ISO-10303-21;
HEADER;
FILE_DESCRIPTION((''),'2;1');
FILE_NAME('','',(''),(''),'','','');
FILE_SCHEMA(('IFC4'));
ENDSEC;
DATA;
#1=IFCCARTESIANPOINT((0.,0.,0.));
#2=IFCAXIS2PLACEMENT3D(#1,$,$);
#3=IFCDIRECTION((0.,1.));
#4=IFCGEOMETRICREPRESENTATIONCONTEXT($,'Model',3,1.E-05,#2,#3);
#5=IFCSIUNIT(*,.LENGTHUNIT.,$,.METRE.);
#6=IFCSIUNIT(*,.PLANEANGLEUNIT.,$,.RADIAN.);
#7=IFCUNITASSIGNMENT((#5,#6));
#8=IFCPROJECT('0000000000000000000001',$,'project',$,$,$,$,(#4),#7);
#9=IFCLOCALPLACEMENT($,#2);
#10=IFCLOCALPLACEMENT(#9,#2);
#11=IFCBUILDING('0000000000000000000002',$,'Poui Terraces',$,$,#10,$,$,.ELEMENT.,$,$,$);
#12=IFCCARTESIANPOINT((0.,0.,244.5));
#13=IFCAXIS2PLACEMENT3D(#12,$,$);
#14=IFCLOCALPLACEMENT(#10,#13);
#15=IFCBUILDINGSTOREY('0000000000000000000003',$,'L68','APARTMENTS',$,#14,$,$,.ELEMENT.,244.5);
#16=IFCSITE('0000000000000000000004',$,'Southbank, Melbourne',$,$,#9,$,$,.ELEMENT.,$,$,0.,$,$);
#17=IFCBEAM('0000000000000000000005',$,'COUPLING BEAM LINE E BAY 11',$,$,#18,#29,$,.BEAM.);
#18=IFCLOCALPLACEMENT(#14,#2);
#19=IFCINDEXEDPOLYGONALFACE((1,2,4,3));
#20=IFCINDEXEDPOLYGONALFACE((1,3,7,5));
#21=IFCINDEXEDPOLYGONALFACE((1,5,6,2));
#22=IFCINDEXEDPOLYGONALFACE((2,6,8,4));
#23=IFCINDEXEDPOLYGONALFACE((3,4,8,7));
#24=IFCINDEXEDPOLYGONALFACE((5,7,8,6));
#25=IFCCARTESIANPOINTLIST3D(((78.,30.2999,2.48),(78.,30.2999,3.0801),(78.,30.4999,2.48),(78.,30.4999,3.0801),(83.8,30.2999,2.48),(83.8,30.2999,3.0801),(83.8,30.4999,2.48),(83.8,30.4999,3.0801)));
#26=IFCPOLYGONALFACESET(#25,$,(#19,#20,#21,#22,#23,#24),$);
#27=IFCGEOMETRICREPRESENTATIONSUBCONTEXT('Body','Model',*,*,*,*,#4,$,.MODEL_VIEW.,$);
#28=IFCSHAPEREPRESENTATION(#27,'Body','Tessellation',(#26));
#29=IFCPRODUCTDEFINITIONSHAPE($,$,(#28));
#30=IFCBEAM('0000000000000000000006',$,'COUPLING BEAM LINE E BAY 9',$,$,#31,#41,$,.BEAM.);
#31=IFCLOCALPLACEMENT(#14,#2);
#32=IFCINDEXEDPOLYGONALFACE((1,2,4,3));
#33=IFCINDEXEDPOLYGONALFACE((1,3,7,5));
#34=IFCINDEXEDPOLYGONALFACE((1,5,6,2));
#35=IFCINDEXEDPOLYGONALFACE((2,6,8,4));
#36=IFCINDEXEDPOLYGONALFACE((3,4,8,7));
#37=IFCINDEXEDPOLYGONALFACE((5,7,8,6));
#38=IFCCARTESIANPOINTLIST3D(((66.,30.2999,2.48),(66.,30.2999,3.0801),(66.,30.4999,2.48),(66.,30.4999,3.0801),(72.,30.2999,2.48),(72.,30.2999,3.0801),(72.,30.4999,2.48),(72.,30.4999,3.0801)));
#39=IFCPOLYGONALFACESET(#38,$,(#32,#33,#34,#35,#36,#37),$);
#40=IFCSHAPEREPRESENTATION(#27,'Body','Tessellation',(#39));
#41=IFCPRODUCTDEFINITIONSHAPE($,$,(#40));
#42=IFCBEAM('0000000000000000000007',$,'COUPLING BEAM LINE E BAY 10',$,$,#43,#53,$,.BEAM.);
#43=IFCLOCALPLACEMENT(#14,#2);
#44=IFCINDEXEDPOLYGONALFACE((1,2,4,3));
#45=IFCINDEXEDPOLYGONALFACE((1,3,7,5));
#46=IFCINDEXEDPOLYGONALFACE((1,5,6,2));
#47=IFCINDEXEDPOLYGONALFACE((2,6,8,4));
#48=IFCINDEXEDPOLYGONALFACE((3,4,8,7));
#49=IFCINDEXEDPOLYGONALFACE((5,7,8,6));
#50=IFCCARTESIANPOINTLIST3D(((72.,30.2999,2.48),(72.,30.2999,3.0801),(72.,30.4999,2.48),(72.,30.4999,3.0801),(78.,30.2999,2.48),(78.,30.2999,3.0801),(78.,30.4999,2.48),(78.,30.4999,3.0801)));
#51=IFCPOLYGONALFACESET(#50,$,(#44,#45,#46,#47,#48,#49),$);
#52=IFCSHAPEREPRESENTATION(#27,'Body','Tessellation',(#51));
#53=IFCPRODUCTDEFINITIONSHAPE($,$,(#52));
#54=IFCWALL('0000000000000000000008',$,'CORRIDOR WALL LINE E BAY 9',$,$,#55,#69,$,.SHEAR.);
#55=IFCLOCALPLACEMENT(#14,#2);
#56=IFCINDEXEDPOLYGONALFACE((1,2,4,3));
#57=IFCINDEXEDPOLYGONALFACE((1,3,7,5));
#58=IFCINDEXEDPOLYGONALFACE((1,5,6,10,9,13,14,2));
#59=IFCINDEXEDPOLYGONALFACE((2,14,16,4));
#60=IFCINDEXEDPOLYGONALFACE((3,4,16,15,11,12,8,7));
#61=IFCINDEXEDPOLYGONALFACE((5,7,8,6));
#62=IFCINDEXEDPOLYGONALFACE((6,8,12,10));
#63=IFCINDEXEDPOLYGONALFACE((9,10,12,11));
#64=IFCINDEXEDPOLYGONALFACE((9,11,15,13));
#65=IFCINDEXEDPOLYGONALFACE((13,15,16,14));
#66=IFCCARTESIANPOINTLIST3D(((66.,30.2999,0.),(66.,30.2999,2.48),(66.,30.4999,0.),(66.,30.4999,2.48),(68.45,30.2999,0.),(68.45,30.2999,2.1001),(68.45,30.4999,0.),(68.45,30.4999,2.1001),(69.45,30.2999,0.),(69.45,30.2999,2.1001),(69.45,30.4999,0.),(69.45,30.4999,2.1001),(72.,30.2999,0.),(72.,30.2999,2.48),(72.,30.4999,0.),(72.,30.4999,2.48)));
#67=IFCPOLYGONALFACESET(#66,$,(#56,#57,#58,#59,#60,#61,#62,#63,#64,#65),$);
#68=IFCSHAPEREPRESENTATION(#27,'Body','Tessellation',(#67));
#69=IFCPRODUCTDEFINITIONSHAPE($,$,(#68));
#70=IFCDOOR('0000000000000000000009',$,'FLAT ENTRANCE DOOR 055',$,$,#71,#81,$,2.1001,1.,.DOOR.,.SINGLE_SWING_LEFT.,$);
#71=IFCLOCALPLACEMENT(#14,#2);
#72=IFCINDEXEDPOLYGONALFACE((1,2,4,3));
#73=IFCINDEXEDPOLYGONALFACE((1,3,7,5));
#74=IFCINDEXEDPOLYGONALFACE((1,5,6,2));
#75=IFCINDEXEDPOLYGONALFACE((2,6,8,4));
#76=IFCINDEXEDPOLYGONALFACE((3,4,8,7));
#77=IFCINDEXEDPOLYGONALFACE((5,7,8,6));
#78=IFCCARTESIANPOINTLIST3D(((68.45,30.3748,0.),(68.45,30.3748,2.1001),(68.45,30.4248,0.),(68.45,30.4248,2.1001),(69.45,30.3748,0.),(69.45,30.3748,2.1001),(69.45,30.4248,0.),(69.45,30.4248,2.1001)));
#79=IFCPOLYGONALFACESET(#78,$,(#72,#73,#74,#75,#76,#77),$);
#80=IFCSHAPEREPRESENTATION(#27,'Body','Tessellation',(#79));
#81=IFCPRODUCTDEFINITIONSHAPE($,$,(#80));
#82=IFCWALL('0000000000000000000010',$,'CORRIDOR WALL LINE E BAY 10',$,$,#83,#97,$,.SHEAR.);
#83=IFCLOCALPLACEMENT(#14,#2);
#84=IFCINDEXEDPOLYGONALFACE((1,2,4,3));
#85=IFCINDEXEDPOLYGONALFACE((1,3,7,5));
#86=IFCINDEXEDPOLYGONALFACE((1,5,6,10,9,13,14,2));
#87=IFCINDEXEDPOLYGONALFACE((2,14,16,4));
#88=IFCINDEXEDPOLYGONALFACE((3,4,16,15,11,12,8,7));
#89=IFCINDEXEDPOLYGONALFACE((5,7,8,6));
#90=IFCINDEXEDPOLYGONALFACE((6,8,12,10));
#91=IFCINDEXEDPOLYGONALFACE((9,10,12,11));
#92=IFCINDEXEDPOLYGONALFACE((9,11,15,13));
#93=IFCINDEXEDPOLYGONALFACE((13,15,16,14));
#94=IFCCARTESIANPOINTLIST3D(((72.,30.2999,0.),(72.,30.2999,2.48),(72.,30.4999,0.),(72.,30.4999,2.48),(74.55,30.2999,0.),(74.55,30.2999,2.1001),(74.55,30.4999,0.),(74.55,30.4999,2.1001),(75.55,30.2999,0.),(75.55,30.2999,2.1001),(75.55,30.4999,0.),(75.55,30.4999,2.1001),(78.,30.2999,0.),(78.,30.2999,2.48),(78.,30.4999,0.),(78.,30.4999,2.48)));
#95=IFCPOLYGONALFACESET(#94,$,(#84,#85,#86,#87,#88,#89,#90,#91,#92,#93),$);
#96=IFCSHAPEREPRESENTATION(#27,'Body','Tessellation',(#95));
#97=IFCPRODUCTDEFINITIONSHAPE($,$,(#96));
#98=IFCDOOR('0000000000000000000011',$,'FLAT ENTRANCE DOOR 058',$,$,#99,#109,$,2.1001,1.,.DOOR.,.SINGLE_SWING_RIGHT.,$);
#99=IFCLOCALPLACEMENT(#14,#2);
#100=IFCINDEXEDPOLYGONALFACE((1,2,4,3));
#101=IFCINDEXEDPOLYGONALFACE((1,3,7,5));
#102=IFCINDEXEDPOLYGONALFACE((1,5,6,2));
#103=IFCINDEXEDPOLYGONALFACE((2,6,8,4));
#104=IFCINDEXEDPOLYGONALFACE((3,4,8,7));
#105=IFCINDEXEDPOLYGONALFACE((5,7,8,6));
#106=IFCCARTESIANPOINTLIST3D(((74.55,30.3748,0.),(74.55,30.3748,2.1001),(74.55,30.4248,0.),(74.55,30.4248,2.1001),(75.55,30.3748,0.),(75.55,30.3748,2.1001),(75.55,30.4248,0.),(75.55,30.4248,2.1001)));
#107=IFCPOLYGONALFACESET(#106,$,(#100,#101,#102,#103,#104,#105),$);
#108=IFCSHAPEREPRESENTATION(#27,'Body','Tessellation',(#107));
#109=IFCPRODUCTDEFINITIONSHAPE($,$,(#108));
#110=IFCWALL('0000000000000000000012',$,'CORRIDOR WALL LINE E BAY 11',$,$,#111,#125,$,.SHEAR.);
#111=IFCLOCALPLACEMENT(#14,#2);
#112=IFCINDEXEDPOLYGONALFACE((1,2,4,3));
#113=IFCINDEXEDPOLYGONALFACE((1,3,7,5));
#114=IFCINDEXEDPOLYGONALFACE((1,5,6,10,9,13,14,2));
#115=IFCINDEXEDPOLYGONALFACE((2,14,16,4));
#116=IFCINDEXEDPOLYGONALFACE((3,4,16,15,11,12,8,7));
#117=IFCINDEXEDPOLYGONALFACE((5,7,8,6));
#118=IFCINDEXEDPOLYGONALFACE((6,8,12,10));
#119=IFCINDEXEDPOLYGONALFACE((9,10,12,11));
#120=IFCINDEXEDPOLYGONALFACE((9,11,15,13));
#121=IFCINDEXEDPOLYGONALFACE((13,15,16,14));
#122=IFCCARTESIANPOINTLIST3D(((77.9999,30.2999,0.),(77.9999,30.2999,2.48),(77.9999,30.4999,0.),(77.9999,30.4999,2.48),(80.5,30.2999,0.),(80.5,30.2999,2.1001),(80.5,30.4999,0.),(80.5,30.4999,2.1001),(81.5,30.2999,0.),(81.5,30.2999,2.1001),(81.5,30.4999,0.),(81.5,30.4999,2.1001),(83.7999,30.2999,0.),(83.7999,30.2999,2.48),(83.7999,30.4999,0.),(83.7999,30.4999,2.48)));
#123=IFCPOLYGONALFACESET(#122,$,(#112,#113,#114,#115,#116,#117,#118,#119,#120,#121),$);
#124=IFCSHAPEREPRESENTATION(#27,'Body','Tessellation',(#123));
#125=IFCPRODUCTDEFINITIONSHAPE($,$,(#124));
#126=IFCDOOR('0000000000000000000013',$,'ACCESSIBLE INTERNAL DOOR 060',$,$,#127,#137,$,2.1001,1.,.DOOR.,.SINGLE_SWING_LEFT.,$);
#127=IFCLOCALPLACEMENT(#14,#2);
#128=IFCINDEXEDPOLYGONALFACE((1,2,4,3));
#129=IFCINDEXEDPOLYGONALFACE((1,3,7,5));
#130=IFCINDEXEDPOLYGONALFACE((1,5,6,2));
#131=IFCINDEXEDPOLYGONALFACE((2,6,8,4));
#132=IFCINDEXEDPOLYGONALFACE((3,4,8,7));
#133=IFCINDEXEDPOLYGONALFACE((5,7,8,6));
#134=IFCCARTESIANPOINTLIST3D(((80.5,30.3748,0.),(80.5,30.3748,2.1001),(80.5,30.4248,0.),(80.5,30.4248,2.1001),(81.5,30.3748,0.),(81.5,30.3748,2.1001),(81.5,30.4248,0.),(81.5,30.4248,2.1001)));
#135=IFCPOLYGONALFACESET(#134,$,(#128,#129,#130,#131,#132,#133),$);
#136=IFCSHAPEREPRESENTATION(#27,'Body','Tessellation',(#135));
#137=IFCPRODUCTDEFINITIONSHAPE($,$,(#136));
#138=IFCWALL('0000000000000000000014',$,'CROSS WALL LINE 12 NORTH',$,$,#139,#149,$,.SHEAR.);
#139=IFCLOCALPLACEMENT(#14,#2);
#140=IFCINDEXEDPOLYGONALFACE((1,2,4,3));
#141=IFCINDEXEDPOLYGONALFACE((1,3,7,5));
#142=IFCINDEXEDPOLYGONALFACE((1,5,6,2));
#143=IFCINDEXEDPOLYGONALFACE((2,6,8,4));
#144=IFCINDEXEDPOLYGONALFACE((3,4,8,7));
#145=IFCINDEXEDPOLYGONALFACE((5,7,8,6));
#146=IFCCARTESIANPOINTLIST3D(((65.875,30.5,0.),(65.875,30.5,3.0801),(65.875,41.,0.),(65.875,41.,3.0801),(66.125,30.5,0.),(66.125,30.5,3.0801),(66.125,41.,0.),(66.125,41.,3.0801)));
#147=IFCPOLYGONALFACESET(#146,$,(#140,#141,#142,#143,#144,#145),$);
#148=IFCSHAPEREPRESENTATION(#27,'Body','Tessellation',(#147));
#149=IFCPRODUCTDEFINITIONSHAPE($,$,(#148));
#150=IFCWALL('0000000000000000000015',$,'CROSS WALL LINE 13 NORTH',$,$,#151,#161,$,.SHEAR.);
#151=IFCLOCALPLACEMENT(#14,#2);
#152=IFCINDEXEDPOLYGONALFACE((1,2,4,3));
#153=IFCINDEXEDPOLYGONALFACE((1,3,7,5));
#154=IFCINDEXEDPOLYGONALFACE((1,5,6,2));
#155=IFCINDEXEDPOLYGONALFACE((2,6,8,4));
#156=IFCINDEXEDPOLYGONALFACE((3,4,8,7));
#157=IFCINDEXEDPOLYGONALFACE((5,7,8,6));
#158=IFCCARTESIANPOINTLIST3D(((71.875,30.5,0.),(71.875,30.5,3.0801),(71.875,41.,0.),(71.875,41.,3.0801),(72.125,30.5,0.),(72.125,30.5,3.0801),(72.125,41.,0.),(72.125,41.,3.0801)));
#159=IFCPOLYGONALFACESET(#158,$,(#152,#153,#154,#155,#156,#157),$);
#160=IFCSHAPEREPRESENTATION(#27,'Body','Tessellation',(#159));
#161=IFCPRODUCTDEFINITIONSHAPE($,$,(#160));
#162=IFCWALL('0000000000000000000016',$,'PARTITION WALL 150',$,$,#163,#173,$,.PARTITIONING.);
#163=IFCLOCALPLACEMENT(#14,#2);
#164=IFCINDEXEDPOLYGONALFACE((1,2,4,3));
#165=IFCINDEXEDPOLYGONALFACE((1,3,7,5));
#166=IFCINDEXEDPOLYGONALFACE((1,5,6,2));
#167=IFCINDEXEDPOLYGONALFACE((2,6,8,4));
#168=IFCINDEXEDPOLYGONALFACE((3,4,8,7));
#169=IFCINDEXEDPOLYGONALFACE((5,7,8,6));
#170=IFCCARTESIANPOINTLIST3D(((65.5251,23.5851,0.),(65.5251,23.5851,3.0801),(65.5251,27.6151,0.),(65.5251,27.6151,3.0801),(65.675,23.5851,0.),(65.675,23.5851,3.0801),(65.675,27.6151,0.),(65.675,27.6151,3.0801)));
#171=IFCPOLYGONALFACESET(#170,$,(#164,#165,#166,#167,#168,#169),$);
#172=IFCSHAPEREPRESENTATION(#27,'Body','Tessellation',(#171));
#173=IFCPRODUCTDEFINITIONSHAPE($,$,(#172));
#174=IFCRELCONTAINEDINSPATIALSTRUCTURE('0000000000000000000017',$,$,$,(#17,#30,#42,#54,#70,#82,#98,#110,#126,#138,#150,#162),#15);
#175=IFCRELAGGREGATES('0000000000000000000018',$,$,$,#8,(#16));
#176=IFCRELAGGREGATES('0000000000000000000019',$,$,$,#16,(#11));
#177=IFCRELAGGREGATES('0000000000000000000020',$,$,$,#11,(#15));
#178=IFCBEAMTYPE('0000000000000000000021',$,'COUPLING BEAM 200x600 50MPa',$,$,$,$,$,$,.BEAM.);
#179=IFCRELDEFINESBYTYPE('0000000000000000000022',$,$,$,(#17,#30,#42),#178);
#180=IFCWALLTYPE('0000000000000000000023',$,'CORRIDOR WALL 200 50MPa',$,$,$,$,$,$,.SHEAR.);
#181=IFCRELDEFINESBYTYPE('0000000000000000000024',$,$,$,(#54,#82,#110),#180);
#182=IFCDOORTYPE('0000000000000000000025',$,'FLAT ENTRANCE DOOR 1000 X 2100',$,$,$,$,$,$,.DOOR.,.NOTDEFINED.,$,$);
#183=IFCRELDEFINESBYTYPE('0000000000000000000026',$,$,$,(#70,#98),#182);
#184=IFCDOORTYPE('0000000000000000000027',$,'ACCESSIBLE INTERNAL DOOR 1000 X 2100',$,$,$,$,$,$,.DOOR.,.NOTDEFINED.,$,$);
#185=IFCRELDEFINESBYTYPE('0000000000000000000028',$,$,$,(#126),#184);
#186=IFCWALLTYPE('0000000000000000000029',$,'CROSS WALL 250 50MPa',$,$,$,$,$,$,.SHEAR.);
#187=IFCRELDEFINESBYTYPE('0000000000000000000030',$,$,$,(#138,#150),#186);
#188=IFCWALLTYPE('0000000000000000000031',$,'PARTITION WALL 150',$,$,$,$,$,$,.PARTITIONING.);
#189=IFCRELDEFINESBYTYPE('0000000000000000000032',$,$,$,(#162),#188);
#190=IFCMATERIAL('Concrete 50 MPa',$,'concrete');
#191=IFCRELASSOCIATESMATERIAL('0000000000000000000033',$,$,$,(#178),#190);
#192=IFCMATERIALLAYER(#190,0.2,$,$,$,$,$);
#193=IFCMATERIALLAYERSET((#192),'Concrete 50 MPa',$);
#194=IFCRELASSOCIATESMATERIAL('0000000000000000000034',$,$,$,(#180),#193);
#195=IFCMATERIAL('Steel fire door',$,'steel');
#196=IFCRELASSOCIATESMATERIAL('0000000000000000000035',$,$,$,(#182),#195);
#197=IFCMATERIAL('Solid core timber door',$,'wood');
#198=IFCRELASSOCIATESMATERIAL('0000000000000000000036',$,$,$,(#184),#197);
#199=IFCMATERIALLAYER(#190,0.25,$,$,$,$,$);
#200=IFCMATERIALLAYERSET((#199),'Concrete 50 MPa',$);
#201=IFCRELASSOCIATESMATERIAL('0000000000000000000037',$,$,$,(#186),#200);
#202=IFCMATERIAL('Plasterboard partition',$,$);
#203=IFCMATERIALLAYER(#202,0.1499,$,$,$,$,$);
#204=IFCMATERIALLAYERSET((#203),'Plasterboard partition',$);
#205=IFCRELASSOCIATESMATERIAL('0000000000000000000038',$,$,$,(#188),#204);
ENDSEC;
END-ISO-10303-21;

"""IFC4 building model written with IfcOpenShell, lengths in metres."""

from ifc_helpers import new_model, si_unit, direction, frame, frame_2d, origin, origin_2d, place, context, subcontext, project, spatial, rectangle, extrude, source, transform, mapped, material, layer, layer_set, material_profile, profile_set, type_object, element, fill, save


model = new_model("IFC4")

# Units and contexts
model_context = context("Model", 3, precision=1e-05, world=origin(), true_north=direction((0.0, 1.0)))
body_context = subcontext(model_context, "Body", "Model", "MODEL_VIEW")
ifc_project = project(units=[si_unit("LENGTHUNIT", "METRE"), si_unit("PLANEANGLEUNIT", "RADIAN")], contexts=[model_context])

# Site, building, storey
site_placement = place(None, origin())
site = spatial("IfcSite", under=ifc_project, at=site_placement, Name="Southbank, Melbourne", CompositionType="ELEMENT", RefElevation=0.0)
building_placement = place(site_placement, origin())
building = spatial("IfcBuilding", under=site, at=building_placement, Name="Poui Terraces", CompositionType="ELEMENT")
storey_placement = place(building_placement, frame((0.0, 0.0, 244.5)))
storey = spatial("IfcBuildingStorey", under=building, at=storey_placement, Name="L68", Description="APARTMENTS", CompositionType="ELEMENT", Elevation=244.5)

# Beams
ifc_material_1 = material(Name="Concrete 50 MPa", Category="concrete")
ifc_material_profile = material_profile(ifc_material_1, rectangle(XDim=0.2, YDim=0.6001, at=origin_2d()), Name="RC 200x600")
ifc_profile_set = profile_set([ifc_material_profile], Name="Concrete 50 MPa")
beam_type = type_object("IfcBeamType", Name="COUPLING BEAM 200x600 50MPa", PredefinedType="BEAM", material=ifc_profile_set)
shared_shape_1 = source(origin(), body_context, "Body", "SweptSolid", [
    extrude(rectangle(XDim=0.2, YDim=0.6001, at=origin_2d()), origin(), (0.0, 0.0, 1.0), 5.8),
])
beam_placement = place(storey_placement, frame((78.0, 30.3999, 2.78), z_axis=(1.0, 0.0, 0.0), x_axis=(0.0, 1.0, 0.0)))
element("IfcBeam", 1, at=beam_placement, inside=storey, type_object=beam_type, Name="COUPLING BEAM LINE E BAY 11", PredefinedType="BEAM", context=body_context, shape_type="MappedRepresentation", body=[
    mapped(shared_shape_1, transform((0.0, 0.0, 0.0))),
])
shared_shape_2 = source(origin(), body_context, "Body", "SweptSolid", [
    extrude(rectangle(XDim=0.2, YDim=0.6001, at=origin_2d()), origin(), (0.0, 0.0, 1.0), 6.0),
])
for number, where, z_axis, x_axis, name in (
    (2, (66.0, 30.3999, 2.78), (1.0, 0.0, 0.0), (0.0, 1.0, 0.0), "COUPLING BEAM LINE E BAY 9"),
    (3, (72.0, 30.3999, 2.78), (1.0, 0.0, 0.0), (0.0, 1.0, 0.0), "COUPLING BEAM LINE E BAY 10"),
):
    element("IfcBeam", number, at=place(storey_placement, frame(where, z_axis=z_axis, x_axis=x_axis)), inside=storey, type_object=beam_type, Name=name, PredefinedType="BEAM", context=body_context, shape_type="MappedRepresentation", body=[
        mapped(shared_shape_2, transform((0.0, 0.0, 0.0))),
    ])

# Walls, openings, doors
ifc_layer_1 = layer(ifc_material_1, 0.2)
ifc_layer_set_1 = layer_set([ifc_layer_1], Name="Concrete 50 MPa")
wall_type_1 = type_object("IfcWallType", Name="CORRIDOR WALL 200 50MPa", PredefinedType="SHEAR", material=ifc_layer_set_1)
wall_1_placement = place(storey_placement, frame((66.0, 30.3999, 0.0), z_axis=(0.0, 0.0, 1.0), x_axis=(1.0, 0.0, 0.0)))
wall_1 = element("IfcWall", 4, at=wall_1_placement, inside=storey, type_object=wall_type_1, Name="CORRIDOR WALL LINE E BAY 9", PredefinedType="SHEAR", context=body_context, shape_type="SweptSolid", body=[
    extrude(rectangle(XDim=6.0, YDim=0.2, at=frame_2d((3.0, 0.0))), origin(), (0.0, 0.0, 1.0), 2.48),
])
opening_1_placement = place(wall_1_placement, frame((2.45, 0.0, 0.0)))
opening_1 = element("IfcOpeningElement", 5, at=opening_1_placement, cuts=wall_1, PredefinedType="OPENING", context=body_context, shape_type="SweptSolid", body=[
    extrude(rectangle(XDim=1.0, YDim=2.1001, at=frame_2d((0.5, 1.05))), frame((0.0, 0.1099, 0.0), z_axis=(0.0, -1.0, 0.0), x_axis=(1.0, 0.0, 0.0)), (0.0, 0.0, 1.0), 0.22),
])
ifc_material_2 = material(Name="Steel fire door", Category="steel")
door_type_1 = type_object("IfcDoorType", Name="FLAT ENTRANCE DOOR 1000 X 2100", OperationType="NOTDEFINED", PredefinedType="DOOR", material=ifc_material_2)
door_1_placement = place(opening_1_placement, origin())
door_1 = element("IfcDoor", 6, at=door_1_placement, inside=storey, type_object=door_type_1, Name="FLAT ENTRANCE DOOR 055", OperationType="SINGLE_SWING_LEFT", OverallHeight=2.1001, OverallWidth=1.0, PredefinedType="DOOR", context=body_context, shape_type="SweptSolid", body=[
    extrude(rectangle(XDim=1.0, YDim=2.1001, at=frame_2d((0.5, 1.05))), frame((0.0, 0.0249, 0.0), z_axis=(0.0, -1.0, 0.0), x_axis=(1.0, 0.0, 0.0)), (0.0, 0.0, 1.0), 0.05),
])
fill(opening_1, door_1)
wall_2_placement = place(storey_placement, frame((72.0, 30.3999, 0.0), z_axis=(0.0, 0.0, 1.0), x_axis=(1.0, 0.0, 0.0)))
wall_2 = element("IfcWall", 7, at=wall_2_placement, inside=storey, type_object=wall_type_1, Name="CORRIDOR WALL LINE E BAY 10", PredefinedType="SHEAR", context=body_context, shape_type="SweptSolid", body=[
    extrude(rectangle(XDim=6.0, YDim=0.2, at=frame_2d((3.0, 0.0))), origin(), (0.0, 0.0, 1.0), 2.48),
])
opening_2_placement = place(wall_2_placement, frame((2.55, 0.0, 0.0)))
opening_2 = element("IfcOpeningElement", 8, at=opening_2_placement, cuts=wall_2, PredefinedType="OPENING", context=body_context, shape_type="SweptSolid", body=[
    extrude(rectangle(XDim=1.0, YDim=2.1001, at=frame_2d((0.5, 1.05))), frame((0.0, 0.1099, 0.0), z_axis=(0.0, -1.0, 0.0), x_axis=(1.0, 0.0, 0.0)), (0.0, 0.0, 1.0), 0.22),
])
door_2_placement = place(opening_2_placement, origin())
door_2 = element("IfcDoor", 9, at=door_2_placement, inside=storey, type_object=door_type_1, Name="FLAT ENTRANCE DOOR 058", OperationType="SINGLE_SWING_RIGHT", OverallHeight=2.1001, OverallWidth=1.0, PredefinedType="DOOR", context=body_context, shape_type="SweptSolid", body=[
    extrude(rectangle(XDim=1.0, YDim=2.1001, at=frame_2d((0.5, 1.05))), frame((0.0, 0.0249, 0.0), z_axis=(0.0, -1.0, 0.0), x_axis=(1.0, 0.0, 0.0)), (0.0, 0.0, 1.0), 0.05),
])
fill(opening_2, door_2)
wall_3_placement = place(storey_placement, frame((78.0, 30.3999, 0.0), z_axis=(0.0, 0.0, 1.0), x_axis=(1.0, 0.0, 0.0)))
wall_3 = element("IfcWall", 10, at=wall_3_placement, inside=storey, type_object=wall_type_1, Name="CORRIDOR WALL LINE E BAY 11", PredefinedType="SHEAR", context=body_context, shape_type="SweptSolid", body=[
    extrude(rectangle(XDim=5.8, YDim=0.2, at=frame_2d((2.8999, 0.0))), origin(), (0.0, 0.0, 1.0), 2.48),
])
opening_3_placement = place(wall_3_placement, frame((2.5, 0.0, 0.0)))
opening_3 = element("IfcOpeningElement", 11, at=opening_3_placement, cuts=wall_3, PredefinedType="OPENING", context=body_context, shape_type="SweptSolid", body=[
    extrude(rectangle(XDim=1.0, YDim=2.1001, at=frame_2d((0.5, 1.05))), frame((0.0, 0.1099, 0.0), z_axis=(0.0, -1.0, 0.0), x_axis=(1.0, 0.0, 0.0)), (0.0, 0.0, 1.0), 0.22),
])
ifc_material_3 = material(Name="Solid core timber door", Category="wood")
door_type_2 = type_object("IfcDoorType", Name="ACCESSIBLE INTERNAL DOOR 1000 X 2100", OperationType="NOTDEFINED", PredefinedType="DOOR", material=ifc_material_3)
door_3_placement = place(opening_3_placement, origin())
door_3 = element("IfcDoor", 12, at=door_3_placement, inside=storey, type_object=door_type_2, Name="ACCESSIBLE INTERNAL DOOR 060", OperationType="SINGLE_SWING_LEFT", OverallHeight=2.1001, OverallWidth=1.0, PredefinedType="DOOR", context=body_context, shape_type="SweptSolid", body=[
    extrude(rectangle(XDim=1.0, YDim=2.1001, at=frame_2d((0.5, 1.05))), frame((0.0, 0.0249, 0.0), z_axis=(0.0, -1.0, 0.0), x_axis=(1.0, 0.0, 0.0)), (0.0, 0.0, 1.0), 0.05),
])
fill(opening_3, door_3)

# Walls
ifc_layer_2 = layer(ifc_material_1, 0.25)
ifc_layer_set_2 = layer_set([ifc_layer_2], Name="Concrete 50 MPa")
wall_type_2 = type_object("IfcWallType", Name="CROSS WALL 250 50MPa", PredefinedType="SHEAR", material=ifc_layer_set_2)
for number, where, z_axis, x_axis, name in (
    (13, (66.0, 30.5, 0.0), (0.0, 0.0, 1.0), (0.0, 1.0, 0.0), "CROSS WALL LINE 12 NORTH"),
    (14, (72.0, 30.5, 0.0), (0.0, 0.0, 1.0), (0.0, 1.0, 0.0), "CROSS WALL LINE 13 NORTH"),
):
    element("IfcWall", number, at=place(storey_placement, frame(where, z_axis=z_axis, x_axis=x_axis)), inside=storey, type_object=wall_type_2, Name=name, PredefinedType="SHEAR", context=body_context, shape_type="SweptSolid", body=[
        extrude(rectangle(XDim=10.5, YDim=0.25, at=frame_2d((5.25, 0.0))), origin(), (0.0, 0.0, 1.0), 3.0801),
    ])
ifc_material_4 = material(Name="Plasterboard partition")
ifc_layer_3 = layer(ifc_material_4, 0.1499)
ifc_layer_set_3 = layer_set([ifc_layer_3], Name="Plasterboard partition")
wall_type_3 = type_object("IfcWallType", Name="PARTITION WALL 150", PredefinedType="PARTITIONING", material=ifc_layer_set_3)
wall_4_placement = place(storey_placement, frame((65.6001, 23.585, 0.0), z_axis=(0.0, 0.0, 1.0), x_axis=(0.0, 1.0, 0.0)))
element("IfcWall", 15, at=wall_4_placement, inside=storey, type_object=wall_type_3, Name="PARTITION WALL 150", PredefinedType="PARTITIONING", context=body_context, shape_type="SweptSolid", body=[
    extrude(rectangle(XDim=4.03, YDim=0.1499, at=frame_2d((2.0151, 0.0))), origin(), (0.0, 0.0, 1.0), 3.0801),
])

save(model, "model.ifc")
